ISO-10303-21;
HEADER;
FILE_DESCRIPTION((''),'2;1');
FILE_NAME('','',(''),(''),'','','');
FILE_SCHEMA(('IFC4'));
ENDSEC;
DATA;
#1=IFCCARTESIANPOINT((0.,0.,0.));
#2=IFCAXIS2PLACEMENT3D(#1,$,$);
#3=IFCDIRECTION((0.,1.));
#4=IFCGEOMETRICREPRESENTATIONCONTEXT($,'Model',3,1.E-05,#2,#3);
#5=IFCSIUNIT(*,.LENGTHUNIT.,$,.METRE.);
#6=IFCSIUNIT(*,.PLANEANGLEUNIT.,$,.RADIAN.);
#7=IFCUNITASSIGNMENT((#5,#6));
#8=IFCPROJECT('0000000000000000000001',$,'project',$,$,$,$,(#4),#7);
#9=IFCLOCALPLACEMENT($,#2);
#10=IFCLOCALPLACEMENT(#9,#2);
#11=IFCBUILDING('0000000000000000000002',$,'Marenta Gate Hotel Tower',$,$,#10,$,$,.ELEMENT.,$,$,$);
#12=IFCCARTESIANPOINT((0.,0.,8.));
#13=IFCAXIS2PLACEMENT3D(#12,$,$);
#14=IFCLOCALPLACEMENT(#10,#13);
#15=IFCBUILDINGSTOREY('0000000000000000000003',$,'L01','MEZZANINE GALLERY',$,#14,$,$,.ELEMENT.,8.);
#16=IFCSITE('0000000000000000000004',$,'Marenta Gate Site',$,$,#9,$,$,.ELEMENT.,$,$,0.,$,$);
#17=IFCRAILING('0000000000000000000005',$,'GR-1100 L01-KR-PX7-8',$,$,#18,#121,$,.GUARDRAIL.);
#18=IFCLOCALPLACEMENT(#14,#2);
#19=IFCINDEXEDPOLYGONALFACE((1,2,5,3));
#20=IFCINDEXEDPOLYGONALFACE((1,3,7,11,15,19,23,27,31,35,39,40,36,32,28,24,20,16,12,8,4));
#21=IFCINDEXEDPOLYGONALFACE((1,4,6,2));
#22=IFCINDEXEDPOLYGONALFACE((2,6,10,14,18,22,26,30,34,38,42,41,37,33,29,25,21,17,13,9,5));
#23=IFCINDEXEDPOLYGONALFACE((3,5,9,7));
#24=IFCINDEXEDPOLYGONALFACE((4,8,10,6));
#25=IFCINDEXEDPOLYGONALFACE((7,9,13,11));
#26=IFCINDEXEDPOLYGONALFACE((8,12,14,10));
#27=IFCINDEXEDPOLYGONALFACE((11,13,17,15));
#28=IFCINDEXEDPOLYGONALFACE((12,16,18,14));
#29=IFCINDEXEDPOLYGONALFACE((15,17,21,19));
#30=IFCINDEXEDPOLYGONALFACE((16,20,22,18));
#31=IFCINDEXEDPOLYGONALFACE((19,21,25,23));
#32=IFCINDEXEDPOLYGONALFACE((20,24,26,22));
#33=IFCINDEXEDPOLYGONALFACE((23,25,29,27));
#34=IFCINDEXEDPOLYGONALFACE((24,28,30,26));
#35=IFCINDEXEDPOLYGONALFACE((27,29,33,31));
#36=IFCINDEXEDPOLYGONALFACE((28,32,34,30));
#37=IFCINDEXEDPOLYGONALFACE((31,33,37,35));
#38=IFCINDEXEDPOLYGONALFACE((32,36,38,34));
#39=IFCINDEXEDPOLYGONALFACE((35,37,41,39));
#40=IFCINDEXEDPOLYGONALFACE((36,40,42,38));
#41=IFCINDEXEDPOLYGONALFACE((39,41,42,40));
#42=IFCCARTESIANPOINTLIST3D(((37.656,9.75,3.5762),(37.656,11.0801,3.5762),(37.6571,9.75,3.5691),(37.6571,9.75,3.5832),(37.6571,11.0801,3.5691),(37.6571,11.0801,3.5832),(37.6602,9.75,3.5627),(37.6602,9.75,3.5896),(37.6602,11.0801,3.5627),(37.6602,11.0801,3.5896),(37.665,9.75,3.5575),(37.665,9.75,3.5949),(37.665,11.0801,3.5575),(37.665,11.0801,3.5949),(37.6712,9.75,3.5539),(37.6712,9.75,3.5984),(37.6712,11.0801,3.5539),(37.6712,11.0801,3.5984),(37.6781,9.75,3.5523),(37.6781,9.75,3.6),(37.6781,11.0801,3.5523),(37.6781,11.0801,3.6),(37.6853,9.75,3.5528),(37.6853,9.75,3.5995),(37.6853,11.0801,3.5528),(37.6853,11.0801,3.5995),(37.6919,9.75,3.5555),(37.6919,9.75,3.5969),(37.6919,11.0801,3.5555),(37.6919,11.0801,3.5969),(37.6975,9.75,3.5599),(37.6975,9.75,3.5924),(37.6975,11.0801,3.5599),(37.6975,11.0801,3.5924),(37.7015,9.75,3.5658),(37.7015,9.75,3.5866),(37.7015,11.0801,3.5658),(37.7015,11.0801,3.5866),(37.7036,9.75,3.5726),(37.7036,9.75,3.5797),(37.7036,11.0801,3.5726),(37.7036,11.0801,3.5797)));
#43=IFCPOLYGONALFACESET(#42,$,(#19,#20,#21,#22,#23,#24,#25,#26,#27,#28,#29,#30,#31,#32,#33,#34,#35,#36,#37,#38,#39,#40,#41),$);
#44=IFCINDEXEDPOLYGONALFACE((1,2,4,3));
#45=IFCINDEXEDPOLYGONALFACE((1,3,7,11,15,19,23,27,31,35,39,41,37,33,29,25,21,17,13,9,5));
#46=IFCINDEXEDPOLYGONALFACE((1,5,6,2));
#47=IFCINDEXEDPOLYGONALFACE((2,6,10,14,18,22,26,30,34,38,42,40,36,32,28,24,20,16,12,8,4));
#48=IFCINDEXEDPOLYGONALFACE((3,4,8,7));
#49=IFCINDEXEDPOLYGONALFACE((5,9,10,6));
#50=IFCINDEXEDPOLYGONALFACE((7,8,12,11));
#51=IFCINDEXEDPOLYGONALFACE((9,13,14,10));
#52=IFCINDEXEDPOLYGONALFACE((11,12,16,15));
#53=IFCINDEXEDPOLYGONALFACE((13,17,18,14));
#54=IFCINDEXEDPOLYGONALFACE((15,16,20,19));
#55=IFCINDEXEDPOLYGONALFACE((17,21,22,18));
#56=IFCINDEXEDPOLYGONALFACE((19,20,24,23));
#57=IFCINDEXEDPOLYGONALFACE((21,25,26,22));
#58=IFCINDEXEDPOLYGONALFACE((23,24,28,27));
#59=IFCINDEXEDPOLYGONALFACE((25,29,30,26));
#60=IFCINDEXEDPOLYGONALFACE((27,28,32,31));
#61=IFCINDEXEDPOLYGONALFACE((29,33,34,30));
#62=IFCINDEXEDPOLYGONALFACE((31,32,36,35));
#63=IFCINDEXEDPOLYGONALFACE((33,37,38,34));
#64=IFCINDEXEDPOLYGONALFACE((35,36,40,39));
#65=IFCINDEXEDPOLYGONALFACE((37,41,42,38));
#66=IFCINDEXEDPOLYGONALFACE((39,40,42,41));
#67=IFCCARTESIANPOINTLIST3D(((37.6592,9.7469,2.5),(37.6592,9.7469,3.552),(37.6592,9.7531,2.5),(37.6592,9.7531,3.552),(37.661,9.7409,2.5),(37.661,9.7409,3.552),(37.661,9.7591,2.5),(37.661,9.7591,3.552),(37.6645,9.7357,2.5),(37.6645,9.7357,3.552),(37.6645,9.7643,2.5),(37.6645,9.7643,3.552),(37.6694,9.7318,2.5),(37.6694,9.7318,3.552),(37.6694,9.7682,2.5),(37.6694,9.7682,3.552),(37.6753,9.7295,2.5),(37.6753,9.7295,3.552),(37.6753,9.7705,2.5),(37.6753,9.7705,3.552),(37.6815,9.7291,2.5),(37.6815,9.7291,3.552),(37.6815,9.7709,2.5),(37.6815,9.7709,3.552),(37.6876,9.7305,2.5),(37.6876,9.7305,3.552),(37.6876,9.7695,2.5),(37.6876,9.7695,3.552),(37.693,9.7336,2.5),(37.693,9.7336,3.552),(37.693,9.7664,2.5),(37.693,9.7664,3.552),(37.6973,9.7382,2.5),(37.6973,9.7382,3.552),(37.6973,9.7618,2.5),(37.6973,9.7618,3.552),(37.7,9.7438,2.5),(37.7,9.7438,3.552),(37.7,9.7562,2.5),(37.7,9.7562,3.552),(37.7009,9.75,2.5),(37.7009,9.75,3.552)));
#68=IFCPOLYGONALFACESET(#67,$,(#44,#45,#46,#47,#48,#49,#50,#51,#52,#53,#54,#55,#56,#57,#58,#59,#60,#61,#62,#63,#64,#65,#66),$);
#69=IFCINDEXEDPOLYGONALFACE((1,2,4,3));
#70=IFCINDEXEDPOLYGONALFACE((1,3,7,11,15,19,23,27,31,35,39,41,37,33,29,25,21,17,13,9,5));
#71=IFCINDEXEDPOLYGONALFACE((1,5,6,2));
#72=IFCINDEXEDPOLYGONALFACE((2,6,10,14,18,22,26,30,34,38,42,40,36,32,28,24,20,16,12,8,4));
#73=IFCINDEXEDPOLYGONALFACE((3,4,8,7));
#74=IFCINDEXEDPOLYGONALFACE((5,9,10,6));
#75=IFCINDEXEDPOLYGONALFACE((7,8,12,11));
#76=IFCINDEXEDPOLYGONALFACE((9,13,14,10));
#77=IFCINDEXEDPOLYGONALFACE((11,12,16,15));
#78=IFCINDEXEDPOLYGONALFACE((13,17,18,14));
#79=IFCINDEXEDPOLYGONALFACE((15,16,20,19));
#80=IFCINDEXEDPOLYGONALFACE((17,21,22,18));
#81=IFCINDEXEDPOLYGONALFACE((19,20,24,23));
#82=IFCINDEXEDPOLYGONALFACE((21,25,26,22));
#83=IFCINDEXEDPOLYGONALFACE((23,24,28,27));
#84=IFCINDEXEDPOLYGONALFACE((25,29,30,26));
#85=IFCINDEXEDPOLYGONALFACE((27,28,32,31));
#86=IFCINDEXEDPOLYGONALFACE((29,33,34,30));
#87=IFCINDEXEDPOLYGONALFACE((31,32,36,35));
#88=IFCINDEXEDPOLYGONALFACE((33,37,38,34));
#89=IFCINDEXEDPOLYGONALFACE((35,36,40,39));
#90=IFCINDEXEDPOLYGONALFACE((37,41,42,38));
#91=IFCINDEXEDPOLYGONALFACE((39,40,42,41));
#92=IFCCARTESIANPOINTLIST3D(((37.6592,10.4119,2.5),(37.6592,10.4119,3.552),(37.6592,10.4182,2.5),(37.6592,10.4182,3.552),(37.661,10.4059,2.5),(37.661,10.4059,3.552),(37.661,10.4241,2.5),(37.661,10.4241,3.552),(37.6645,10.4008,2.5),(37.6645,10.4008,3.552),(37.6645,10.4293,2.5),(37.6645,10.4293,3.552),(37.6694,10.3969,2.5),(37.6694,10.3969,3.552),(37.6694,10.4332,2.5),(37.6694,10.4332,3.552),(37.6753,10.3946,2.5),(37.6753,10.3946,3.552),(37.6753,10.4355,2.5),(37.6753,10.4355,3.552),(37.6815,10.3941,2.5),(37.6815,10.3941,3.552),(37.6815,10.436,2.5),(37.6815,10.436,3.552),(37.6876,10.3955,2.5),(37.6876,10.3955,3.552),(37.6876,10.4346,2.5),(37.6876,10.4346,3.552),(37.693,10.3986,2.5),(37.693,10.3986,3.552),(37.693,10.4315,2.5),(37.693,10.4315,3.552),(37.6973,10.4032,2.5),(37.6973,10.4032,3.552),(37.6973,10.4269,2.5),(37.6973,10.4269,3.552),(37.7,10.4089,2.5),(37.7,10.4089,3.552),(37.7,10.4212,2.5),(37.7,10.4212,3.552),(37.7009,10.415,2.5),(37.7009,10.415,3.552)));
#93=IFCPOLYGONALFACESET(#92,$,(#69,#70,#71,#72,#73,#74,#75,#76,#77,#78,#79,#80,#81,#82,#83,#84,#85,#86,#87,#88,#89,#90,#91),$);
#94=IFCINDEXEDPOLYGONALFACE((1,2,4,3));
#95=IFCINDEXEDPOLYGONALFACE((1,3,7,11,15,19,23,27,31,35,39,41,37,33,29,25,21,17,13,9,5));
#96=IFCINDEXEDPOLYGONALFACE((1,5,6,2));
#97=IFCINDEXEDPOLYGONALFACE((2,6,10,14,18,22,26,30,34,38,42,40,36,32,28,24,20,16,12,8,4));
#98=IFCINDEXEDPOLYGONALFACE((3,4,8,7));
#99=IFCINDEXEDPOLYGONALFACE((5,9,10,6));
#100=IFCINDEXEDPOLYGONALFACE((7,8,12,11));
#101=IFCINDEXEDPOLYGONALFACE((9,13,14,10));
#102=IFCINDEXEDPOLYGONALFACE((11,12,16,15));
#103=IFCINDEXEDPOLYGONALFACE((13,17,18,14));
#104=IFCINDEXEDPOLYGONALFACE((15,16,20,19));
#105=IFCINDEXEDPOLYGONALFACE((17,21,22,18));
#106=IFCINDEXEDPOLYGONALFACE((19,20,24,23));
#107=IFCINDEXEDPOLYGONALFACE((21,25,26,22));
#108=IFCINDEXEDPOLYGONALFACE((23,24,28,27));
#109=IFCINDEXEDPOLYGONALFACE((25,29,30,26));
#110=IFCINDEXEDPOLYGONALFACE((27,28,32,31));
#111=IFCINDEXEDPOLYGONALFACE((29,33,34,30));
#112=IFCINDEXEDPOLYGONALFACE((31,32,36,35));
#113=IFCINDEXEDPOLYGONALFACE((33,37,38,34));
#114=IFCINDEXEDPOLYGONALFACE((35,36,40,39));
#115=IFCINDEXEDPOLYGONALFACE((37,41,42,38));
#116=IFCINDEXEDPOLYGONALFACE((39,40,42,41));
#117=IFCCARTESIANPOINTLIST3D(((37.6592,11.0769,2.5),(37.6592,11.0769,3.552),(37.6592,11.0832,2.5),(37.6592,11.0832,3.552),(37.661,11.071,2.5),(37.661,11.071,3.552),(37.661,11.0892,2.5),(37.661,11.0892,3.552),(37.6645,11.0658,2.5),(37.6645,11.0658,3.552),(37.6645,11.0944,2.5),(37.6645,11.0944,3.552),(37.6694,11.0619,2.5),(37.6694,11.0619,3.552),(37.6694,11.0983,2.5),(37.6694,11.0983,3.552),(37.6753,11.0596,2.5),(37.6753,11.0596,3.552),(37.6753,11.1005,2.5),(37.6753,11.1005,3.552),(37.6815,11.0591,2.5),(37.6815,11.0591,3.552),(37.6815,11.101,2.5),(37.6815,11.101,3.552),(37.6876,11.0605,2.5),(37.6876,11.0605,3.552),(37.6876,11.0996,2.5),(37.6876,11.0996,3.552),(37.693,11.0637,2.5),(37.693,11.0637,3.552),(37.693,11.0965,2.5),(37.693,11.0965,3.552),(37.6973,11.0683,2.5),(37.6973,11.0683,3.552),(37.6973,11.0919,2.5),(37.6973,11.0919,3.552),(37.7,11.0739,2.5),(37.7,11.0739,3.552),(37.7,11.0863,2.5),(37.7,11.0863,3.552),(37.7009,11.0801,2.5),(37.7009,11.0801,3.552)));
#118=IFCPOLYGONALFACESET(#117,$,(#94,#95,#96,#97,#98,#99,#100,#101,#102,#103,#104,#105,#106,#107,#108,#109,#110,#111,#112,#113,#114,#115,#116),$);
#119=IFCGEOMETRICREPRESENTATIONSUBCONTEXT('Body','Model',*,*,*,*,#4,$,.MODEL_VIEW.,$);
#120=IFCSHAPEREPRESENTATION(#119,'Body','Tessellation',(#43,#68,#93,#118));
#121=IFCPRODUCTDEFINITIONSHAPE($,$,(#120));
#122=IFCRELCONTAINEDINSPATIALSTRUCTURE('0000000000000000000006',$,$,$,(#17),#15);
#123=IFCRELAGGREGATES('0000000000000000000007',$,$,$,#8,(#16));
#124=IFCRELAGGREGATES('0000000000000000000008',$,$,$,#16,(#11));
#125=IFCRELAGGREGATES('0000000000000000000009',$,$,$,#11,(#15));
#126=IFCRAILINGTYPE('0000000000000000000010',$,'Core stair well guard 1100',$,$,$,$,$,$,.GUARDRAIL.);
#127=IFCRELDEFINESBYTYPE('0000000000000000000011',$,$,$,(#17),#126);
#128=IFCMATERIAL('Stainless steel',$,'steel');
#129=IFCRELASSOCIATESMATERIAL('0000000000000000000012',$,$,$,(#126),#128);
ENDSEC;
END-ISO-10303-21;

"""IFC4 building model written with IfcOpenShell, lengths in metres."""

from ifc_helpers import new_model, si_unit, direction, frame, origin, origin_2d, place, context, subcontext, project, spatial, circle, extrude, material, type_object, element, save


model = new_model("IFC4")

# Units and contexts
model_context = context("Model", 3, precision=1e-05, world=origin(), true_north=direction((0.0, 1.0)))
body_context = subcontext(model_context, "Body", "Model", "MODEL_VIEW")
ifc_project = project(units=[si_unit("LENGTHUNIT", "METRE"), si_unit("PLANEANGLEUNIT", "RADIAN")], contexts=[model_context])

# Site, building, storey
site_placement = place(None, origin())
site = spatial("IfcSite", under=ifc_project, at=site_placement, Name="Marenta Gate Site", CompositionType="ELEMENT", RefElevation=0.0)
building_placement = place(site_placement, origin())
building = spatial("IfcBuilding", under=site, at=building_placement, Name="Marenta Gate Hotel Tower", CompositionType="ELEMENT")
storey_placement = place(building_placement, frame((0.0, 0.0, 8.0)))
storey = spatial("IfcBuildingStorey", under=building, at=storey_placement, Name="L01", Description="MEZZANINE GALLERY", CompositionType="ELEMENT", Elevation=8.0)

# Railing
ifc_material_1 = material(Name="Stainless steel", Category="steel")
railing_type_1 = type_object("IfcRailingType", Name="Core stair well guard 1100", PredefinedType="GUARDRAIL", material=ifc_material_1)
railing_1_placement = place(storey_placement, frame((37.6799, 9.75, 2.5)))
element("IfcRailing", 1, at=railing_1_placement, inside=storey, type_object=railing_type_1, Name="GR-1100 L01-KR-PX7-8", PredefinedType="GUARDRAIL", context=body_context, shape_type="SweptSolid", body=[
    extrude(circle(Radius=0.0239, at=origin_2d()), frame((0.0, 0.0, 1.0762), z_axis=(0.0, 1.0, 0.0), x_axis=(-1.0, 0.0, 0.0)), (0.0, 0.0, 1.0), 1.3301),
    extrude(circle(Radius=0.021, at=origin_2d()), origin(), (0.0, 0.0, 1.0), 1.052),
    extrude(circle(Radius=0.021, at=origin_2d()), frame((0.0, 0.665, 0.0)), (0.0, 0.0, 1.0), 1.052),
    extrude(circle(Radius=0.021, at=origin_2d()), frame((0.0, 1.3301, 0.0)), (0.0, 0.0, 1.0), 1.052),
])

save(model, "model.ifc")
